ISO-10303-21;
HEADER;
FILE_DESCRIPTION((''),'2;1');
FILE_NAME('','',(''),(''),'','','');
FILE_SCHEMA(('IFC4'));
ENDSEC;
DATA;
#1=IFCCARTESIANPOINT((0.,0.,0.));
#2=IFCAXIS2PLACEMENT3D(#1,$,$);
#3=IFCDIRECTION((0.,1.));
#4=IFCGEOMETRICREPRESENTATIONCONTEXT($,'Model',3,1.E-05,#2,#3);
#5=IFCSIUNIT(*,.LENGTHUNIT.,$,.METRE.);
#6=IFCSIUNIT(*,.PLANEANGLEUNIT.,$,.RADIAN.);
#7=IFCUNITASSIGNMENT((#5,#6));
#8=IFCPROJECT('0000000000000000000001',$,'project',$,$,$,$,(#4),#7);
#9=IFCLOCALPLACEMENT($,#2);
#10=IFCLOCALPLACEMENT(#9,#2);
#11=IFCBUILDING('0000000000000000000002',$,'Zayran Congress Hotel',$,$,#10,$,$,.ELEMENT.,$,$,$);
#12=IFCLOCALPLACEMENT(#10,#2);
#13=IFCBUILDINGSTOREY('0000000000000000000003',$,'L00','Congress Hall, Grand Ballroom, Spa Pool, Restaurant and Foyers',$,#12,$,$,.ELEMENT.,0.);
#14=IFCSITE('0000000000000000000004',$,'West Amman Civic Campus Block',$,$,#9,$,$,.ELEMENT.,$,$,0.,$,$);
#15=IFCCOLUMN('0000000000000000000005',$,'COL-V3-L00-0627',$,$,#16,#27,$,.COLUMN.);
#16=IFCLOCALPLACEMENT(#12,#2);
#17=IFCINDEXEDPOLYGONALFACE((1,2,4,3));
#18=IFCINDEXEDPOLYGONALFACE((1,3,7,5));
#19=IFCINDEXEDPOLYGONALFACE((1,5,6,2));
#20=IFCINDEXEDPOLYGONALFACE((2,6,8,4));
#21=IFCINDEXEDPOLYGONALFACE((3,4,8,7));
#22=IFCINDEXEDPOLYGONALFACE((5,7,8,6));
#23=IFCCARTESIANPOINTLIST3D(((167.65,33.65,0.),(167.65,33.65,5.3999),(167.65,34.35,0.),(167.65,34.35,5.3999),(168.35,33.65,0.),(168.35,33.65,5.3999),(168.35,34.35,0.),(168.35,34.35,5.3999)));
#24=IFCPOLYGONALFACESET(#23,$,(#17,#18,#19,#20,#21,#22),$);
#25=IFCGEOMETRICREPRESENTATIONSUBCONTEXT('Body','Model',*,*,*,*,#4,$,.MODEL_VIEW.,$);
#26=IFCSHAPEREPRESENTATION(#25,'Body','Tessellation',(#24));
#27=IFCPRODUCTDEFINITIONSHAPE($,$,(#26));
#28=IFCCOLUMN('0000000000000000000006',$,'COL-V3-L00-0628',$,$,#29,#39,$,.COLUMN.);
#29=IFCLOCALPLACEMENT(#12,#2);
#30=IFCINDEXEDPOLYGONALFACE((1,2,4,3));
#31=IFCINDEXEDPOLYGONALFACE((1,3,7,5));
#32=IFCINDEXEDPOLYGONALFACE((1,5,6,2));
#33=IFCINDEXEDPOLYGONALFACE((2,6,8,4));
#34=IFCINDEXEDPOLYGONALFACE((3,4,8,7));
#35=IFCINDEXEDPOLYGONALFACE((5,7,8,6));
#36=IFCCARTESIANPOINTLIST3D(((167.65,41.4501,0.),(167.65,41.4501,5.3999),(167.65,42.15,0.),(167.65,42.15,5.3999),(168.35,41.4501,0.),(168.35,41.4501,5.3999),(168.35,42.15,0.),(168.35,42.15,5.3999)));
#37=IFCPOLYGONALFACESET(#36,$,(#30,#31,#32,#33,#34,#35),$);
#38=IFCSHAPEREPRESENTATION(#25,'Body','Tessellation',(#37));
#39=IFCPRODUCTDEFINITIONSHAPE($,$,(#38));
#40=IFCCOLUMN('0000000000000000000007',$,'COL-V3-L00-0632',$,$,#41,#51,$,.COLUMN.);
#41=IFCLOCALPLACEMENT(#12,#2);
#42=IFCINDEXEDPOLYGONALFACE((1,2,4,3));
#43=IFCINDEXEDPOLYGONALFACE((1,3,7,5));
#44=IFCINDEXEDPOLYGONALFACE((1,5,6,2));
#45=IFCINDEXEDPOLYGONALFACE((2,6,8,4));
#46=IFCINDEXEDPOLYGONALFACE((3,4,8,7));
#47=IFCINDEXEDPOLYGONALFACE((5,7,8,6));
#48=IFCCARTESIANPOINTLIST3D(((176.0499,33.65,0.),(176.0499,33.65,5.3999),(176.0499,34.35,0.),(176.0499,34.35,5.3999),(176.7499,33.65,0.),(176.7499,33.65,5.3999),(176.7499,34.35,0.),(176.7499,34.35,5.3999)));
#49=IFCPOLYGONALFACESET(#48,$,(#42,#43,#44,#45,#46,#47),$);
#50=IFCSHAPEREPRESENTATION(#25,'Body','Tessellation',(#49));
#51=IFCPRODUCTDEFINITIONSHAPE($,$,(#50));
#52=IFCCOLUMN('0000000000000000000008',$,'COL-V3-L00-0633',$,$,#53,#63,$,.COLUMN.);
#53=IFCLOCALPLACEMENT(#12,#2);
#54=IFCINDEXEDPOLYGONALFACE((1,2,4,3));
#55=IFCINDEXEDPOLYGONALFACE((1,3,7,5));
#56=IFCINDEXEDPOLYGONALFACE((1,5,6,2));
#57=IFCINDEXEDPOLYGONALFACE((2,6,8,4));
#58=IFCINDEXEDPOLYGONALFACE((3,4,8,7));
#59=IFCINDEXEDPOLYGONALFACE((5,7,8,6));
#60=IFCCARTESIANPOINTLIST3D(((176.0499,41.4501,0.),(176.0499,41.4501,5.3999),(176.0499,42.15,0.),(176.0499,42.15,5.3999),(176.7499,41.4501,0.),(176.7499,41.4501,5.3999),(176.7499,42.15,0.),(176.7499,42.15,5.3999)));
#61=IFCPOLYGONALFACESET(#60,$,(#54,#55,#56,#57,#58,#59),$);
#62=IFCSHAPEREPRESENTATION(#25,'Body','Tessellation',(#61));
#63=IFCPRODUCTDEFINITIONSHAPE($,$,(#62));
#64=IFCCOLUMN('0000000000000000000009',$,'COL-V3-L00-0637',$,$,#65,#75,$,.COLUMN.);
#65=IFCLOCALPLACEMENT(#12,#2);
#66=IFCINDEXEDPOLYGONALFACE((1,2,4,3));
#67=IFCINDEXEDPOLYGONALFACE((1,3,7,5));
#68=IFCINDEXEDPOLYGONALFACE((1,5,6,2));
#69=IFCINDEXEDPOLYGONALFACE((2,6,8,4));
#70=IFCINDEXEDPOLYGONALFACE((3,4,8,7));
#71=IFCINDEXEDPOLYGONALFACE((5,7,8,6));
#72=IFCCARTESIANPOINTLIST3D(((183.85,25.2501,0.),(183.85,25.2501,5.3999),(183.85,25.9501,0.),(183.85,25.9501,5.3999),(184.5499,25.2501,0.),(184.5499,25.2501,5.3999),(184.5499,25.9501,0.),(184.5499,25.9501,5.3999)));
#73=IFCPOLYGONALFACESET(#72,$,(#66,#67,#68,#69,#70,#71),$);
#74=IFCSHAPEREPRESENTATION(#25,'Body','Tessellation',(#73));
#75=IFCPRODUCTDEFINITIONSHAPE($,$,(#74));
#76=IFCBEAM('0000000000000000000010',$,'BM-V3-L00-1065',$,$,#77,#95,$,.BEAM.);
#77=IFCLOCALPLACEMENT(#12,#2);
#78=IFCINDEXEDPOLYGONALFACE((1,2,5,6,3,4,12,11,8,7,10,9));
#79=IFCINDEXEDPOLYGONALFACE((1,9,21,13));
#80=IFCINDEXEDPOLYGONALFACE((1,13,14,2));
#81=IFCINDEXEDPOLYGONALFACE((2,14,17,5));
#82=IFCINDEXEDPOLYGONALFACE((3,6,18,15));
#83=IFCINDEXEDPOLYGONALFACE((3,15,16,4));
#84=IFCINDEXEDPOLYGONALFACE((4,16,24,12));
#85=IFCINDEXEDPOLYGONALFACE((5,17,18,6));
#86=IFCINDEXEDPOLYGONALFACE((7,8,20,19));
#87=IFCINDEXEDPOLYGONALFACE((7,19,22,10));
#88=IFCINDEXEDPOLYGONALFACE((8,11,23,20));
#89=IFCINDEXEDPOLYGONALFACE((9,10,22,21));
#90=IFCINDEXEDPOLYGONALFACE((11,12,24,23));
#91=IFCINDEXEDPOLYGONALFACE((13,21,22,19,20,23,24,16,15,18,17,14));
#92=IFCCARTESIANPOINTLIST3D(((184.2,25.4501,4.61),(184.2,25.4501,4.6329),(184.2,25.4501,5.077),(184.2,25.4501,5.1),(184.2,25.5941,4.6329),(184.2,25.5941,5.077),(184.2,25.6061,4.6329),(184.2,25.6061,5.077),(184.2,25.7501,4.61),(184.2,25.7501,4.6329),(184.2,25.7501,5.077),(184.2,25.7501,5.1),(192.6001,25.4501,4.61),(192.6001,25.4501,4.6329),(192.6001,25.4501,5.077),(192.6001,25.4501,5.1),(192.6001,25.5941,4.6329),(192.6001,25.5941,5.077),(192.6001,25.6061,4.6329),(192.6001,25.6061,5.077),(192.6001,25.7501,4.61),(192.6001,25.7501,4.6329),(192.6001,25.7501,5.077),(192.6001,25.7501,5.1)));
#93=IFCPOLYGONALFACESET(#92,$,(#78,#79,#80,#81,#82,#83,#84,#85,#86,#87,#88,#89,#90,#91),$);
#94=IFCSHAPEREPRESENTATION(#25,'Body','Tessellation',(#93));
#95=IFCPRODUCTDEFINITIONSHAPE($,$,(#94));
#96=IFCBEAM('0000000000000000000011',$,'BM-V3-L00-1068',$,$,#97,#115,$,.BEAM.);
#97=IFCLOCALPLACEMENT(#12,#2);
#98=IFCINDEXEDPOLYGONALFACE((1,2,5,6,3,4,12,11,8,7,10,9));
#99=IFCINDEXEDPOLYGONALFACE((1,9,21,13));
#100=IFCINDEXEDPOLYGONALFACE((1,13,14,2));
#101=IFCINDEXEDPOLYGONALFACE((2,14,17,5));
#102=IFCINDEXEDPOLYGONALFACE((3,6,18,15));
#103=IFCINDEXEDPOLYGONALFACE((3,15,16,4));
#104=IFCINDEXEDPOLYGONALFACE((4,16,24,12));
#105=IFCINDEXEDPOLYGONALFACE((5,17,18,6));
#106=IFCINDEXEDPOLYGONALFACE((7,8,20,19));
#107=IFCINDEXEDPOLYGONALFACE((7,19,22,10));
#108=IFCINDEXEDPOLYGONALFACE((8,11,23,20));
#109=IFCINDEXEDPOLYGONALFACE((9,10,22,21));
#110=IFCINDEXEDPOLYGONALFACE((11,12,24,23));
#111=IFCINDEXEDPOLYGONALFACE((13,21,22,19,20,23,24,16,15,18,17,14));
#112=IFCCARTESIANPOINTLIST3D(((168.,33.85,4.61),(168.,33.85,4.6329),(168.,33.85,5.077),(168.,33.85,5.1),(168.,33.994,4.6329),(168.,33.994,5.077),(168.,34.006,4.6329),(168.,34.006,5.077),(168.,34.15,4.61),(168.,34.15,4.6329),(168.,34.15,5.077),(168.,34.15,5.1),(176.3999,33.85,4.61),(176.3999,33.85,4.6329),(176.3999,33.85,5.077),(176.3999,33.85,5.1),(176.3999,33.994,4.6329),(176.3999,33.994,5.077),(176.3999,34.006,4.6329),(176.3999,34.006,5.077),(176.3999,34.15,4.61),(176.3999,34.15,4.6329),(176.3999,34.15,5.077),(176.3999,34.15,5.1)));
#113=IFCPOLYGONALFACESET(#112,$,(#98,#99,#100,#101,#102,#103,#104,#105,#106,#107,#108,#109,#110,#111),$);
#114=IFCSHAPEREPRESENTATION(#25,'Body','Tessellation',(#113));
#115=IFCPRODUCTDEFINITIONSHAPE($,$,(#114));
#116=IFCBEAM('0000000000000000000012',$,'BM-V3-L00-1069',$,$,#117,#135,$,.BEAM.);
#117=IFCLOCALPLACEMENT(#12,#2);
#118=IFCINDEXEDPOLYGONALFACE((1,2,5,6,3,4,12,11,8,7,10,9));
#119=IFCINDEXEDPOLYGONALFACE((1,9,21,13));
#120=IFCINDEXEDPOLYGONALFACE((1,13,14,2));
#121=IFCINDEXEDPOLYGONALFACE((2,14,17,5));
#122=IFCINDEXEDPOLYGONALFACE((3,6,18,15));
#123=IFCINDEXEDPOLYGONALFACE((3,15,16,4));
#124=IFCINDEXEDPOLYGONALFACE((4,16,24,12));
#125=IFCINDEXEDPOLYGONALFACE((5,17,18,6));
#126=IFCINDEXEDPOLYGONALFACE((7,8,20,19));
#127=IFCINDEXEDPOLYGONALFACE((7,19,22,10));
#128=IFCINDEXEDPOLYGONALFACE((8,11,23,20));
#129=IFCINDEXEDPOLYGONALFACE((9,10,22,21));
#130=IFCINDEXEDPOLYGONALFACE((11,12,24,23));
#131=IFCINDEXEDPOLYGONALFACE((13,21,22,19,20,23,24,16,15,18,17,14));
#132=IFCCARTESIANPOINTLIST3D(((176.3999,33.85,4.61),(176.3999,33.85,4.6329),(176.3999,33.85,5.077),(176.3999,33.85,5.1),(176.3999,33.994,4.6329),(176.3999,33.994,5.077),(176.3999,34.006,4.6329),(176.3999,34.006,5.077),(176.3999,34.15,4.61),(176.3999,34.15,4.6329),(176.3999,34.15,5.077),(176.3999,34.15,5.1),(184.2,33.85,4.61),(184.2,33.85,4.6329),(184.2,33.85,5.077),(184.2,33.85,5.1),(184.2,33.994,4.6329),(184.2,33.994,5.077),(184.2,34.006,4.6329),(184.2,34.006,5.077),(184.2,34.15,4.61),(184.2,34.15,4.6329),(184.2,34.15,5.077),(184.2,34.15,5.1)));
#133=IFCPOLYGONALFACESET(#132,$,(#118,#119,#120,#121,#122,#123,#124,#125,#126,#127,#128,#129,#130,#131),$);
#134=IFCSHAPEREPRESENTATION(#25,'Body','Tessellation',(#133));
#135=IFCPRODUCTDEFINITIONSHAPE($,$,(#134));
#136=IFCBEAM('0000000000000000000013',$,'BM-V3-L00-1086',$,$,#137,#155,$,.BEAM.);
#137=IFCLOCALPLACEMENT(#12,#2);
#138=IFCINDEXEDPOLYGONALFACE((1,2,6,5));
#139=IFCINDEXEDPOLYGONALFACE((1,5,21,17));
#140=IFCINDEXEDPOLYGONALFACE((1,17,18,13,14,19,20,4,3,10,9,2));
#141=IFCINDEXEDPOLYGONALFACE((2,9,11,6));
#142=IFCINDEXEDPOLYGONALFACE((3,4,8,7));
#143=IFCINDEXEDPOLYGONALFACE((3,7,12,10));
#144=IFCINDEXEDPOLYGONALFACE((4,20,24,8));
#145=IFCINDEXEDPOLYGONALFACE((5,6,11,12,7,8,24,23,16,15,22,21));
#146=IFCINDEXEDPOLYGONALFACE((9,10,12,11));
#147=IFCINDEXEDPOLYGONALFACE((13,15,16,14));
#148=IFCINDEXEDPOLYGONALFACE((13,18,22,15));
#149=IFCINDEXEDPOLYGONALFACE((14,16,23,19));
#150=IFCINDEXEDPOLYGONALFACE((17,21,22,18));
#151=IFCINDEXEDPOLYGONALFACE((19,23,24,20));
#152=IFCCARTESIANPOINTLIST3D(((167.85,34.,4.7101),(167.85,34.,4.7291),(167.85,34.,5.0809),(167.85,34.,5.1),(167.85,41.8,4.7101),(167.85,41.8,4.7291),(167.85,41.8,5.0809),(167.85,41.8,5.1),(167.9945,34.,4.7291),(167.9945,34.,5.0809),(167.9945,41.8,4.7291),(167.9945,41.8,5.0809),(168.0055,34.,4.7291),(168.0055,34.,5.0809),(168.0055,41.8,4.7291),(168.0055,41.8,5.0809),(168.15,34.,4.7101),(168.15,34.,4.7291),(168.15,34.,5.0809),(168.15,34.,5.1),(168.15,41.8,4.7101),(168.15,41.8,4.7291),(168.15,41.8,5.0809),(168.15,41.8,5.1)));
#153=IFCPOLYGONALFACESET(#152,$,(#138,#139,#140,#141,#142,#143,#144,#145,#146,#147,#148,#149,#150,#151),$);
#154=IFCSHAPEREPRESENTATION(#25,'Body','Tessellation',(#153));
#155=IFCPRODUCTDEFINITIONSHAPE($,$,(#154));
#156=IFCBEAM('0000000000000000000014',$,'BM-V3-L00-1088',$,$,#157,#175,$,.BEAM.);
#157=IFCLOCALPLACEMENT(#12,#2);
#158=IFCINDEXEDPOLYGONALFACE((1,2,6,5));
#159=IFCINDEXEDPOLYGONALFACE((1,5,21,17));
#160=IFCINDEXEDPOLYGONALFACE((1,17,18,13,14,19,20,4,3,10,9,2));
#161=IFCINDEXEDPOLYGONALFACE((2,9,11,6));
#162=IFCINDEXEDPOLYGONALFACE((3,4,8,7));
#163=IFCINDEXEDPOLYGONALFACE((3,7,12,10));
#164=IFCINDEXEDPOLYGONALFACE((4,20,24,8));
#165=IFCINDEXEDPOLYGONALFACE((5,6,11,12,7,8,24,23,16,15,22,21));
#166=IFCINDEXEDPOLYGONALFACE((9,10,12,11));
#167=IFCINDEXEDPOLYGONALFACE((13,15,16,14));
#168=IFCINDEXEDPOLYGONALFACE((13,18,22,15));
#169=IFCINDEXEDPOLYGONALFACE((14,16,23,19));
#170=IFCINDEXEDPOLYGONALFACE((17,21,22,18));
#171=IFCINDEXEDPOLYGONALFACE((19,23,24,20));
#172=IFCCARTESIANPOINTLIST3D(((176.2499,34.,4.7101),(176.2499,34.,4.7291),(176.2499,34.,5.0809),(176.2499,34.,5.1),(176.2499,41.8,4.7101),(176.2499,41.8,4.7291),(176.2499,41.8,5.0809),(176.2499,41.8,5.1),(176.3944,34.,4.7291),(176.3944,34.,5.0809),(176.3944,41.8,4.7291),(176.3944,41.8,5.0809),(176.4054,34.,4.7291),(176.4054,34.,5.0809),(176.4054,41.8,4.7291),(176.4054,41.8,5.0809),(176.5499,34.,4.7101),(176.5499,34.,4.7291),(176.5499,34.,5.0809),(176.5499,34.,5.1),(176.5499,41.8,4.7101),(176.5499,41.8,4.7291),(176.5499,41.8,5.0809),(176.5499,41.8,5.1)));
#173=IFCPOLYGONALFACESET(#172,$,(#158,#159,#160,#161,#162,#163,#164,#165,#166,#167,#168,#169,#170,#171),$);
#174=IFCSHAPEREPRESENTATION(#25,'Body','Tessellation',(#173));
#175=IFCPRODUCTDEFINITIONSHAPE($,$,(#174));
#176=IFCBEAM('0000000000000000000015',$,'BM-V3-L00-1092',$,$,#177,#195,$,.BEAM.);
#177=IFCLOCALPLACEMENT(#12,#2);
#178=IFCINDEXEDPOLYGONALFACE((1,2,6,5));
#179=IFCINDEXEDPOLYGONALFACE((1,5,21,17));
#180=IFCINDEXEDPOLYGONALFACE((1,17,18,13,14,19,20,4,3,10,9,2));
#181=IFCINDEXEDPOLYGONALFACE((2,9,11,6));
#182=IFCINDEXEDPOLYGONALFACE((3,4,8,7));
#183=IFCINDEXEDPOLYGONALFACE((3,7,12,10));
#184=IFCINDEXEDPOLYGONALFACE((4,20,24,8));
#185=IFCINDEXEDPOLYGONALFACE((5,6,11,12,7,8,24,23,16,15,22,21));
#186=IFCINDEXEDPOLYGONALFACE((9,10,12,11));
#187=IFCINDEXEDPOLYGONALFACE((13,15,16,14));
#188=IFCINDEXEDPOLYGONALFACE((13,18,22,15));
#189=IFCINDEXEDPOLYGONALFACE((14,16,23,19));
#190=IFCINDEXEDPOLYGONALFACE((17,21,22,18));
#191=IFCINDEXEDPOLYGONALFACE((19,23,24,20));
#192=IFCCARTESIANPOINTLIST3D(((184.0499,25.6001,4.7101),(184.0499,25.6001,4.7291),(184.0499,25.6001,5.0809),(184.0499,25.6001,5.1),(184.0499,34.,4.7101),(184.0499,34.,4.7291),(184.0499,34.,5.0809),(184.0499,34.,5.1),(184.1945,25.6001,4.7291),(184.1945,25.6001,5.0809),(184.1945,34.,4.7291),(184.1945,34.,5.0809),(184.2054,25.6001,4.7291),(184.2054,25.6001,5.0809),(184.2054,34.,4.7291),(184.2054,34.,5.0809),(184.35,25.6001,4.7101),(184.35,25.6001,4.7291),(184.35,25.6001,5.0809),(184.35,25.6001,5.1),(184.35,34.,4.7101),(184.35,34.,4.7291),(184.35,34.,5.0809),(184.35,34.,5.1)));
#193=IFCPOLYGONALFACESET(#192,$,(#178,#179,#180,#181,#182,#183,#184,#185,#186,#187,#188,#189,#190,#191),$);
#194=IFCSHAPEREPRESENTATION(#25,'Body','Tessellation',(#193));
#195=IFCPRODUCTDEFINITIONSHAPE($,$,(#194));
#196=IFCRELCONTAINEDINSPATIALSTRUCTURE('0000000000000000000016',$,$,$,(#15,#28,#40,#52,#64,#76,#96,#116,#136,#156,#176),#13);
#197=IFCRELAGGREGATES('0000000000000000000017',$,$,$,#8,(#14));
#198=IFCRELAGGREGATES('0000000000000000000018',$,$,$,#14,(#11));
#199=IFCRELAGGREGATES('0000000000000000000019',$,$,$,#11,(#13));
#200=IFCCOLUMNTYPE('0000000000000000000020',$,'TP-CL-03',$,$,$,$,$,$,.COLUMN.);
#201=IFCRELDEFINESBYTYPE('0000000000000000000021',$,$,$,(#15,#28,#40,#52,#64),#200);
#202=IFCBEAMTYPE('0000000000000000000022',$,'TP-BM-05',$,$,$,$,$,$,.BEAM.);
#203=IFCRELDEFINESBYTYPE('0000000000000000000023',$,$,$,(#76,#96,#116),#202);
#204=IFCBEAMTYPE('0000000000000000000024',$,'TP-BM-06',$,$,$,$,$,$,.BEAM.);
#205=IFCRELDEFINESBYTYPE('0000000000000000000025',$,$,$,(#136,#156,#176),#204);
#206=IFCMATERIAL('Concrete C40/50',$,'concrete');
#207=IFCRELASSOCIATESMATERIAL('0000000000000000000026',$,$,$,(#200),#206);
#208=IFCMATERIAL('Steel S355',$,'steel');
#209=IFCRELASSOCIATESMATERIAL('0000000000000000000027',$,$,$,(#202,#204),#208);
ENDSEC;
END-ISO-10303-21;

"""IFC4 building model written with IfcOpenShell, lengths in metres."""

from ifc_helpers import new_model, si_unit, direction, frame, origin, origin_2d, place, context, subcontext, project, spatial, rectangle, i_section, extrude, material, material_profile, profile_set, type_object, element, save


model = new_model("IFC4")

# Units and contexts
model_context = context("Model", 3, precision=1e-05, world=origin(), true_north=direction((0.0, 1.0)))
body_context = subcontext(model_context, "Body", "Model", "MODEL_VIEW")
ifc_project = project(units=[si_unit("LENGTHUNIT", "METRE"), si_unit("PLANEANGLEUNIT", "RADIAN")], contexts=[model_context])

# Site, building, storey
site_placement = place(None, origin())
site = spatial("IfcSite", under=ifc_project, at=site_placement, Name="West Amman Civic Campus Block", CompositionType="ELEMENT", RefElevation=0.0)
building_placement = place(site_placement, origin())
building = spatial("IfcBuilding", under=site, at=building_placement, Name="Zayran Congress Hotel", CompositionType="ELEMENT")
storey_placement = place(building_placement, origin())
storey = spatial("IfcBuildingStorey", under=building, at=storey_placement, Name="L00", Description="Congress Hall, Grand Ballroom, Spa Pool, Restaurant and Foyers", CompositionType="ELEMENT", Elevation=0.0)

# Columns
ifc_material_1 = material(Name="Concrete C40/50", Category="concrete")
ifc_material_profile_1 = material_profile(ifc_material_1, rectangle(XDim=0.7, YDim=0.7, at=origin_2d()), Name="RC 700x700")
ifc_profile_set_1 = profile_set([ifc_material_profile_1], Name="Concrete C40/50")
column_type = type_object("IfcColumnType", Name="TP-CL-03", PredefinedType="COLUMN", material=ifc_profile_set_1)
for number, where, z_axis, x_axis, name in (
    (1, (168.0, 34.0, 0.0), (0.0, 0.0, 1.0), (1.0, 0.0, 0.0), "COL-V3-L00-0627"),
    (2, (168.0, 41.8, 0.0), (0.0, 0.0, 1.0), (1.0, 0.0, 0.0), "COL-V3-L00-0628"),
    (3, (176.3999, 34.0, 0.0), (0.0, 0.0, 1.0), (1.0, 0.0, 0.0), "COL-V3-L00-0632"),
    (4, (176.3999, 41.8, 0.0), (0.0, 0.0, 1.0), (1.0, 0.0, 0.0), "COL-V3-L00-0633"),
    (5, (184.2, 25.6001, 0.0), (0.0, 0.0, 1.0), (1.0, 0.0, 0.0), "COL-V3-L00-0637"),
):
    element("IfcColumn", number, at=place(storey_placement, frame(where, z_axis=z_axis, x_axis=x_axis)), inside=storey, type_object=column_type, Name=name, PredefinedType="COLUMN", context=body_context, shape_type="SweptSolid", body=[
        extrude(rectangle(XDim=0.7, YDim=0.7, at=origin_2d()), origin(), (0.0, 0.0, 1.0), 5.3999),
    ])

# Beams
ifc_material_2 = material(Name="Steel S355", Category="steel")
ifc_material_profile_2 = material_profile(ifc_material_2, i_section(OverallWidth=0.3, OverallDepth=0.49, WebThickness=0.012, FlangeThickness=0.0229, at=origin_2d()), Name="HEA 500")
ifc_profile_set_2 = profile_set([ifc_material_profile_2], Name="Steel S355")
beam_type_1 = type_object("IfcBeamType", Name="TP-BM-05", PredefinedType="BEAM", material=ifc_profile_set_2)
beam_1_placement = place(storey_placement, frame((184.2, 25.6001, 4.855), z_axis=(1.0, 0.0, 0.0), x_axis=(0.0, 1.0, 0.0)))
element("IfcBeam", 6, at=beam_1_placement, inside=storey, type_object=beam_type_1, Name="BM-V3-L00-1065", PredefinedType="BEAM", context=body_context, shape_type="SweptSolid", body=[
    extrude(i_section(OverallWidth=0.3, OverallDepth=0.49, WebThickness=0.012, FlangeThickness=0.0229, at=origin_2d()), origin(), (0.0, 0.0, 1.0), 8.4001),
])
beam_2_placement = place(storey_placement, frame((168.0, 34.0, 4.855), z_axis=(1.0, 0.0, 0.0), x_axis=(0.0, 1.0, 0.0)))
element("IfcBeam", 7, at=beam_2_placement, inside=storey, type_object=beam_type_1, Name="BM-V3-L00-1068", PredefinedType="BEAM", context=body_context, shape_type="SweptSolid", body=[
    extrude(i_section(OverallWidth=0.3, OverallDepth=0.49, WebThickness=0.012, FlangeThickness=0.0229, at=origin_2d()), origin(), (0.0, 0.0, 1.0), 8.3999),
])
beam_3_placement = place(storey_placement, frame((176.3999, 34.0, 4.855), z_axis=(1.0, 0.0, 0.0), x_axis=(0.0, 1.0, 0.0)))
element("IfcBeam", 8, at=beam_3_placement, inside=storey, type_object=beam_type_1, Name="BM-V3-L00-1069", PredefinedType="BEAM", context=body_context, shape_type="SweptSolid", body=[
    extrude(i_section(OverallWidth=0.3, OverallDepth=0.49, WebThickness=0.012, FlangeThickness=0.0229, at=origin_2d()), origin(), (0.0, 0.0, 1.0), 7.8),
])
ifc_material_profile_3 = material_profile(ifc_material_2, i_section(OverallWidth=0.3, OverallDepth=0.3899, WebThickness=0.011, FlangeThickness=0.019, at=origin_2d()), Name="HEA 400")
ifc_profile_set_3 = profile_set([ifc_material_profile_3], Name="Steel S355")
beam_type_2 = type_object("IfcBeamType", Name="TP-BM-06", PredefinedType="BEAM", material=ifc_profile_set_3)
for number, where, z_axis, x_axis, name in (
    (9, (168.0, 34.0, 4.905), (0.0, 1.0, 0.0), (-1.0, 0.0, 0.0), "BM-V3-L00-1086"),
    (10, (176.3999, 34.0, 4.905), (0.0, 1.0, 0.0), (-1.0, 0.0, 0.0), "BM-V3-L00-1088"),
):
    element("IfcBeam", number, at=place(storey_placement, frame(where, z_axis=z_axis, x_axis=x_axis)), inside=storey, type_object=beam_type_2, Name=name, PredefinedType="BEAM", context=body_context, shape_type="SweptSolid", body=[
        extrude(i_section(OverallWidth=0.3, OverallDepth=0.3899, WebThickness=0.011, FlangeThickness=0.019, at=origin_2d()), origin(), (0.0, 0.0, 1.0), 7.8),
    ])
beam_4_placement = place(storey_placement, frame((184.2, 25.6001, 4.905), z_axis=(0.0, 1.0, 0.0), x_axis=(-1.0, 0.0, 0.0)))
element("IfcBeam", 11, at=beam_4_placement, inside=storey, type_object=beam_type_2, Name="BM-V3-L00-1092", PredefinedType="BEAM", context=body_context, shape_type="SweptSolid", body=[
    extrude(i_section(OverallWidth=0.3, OverallDepth=0.3899, WebThickness=0.011, FlangeThickness=0.019, at=origin_2d()), origin(), (0.0, 0.0, 1.0), 8.3999),
])

save(model, "model.ifc")
